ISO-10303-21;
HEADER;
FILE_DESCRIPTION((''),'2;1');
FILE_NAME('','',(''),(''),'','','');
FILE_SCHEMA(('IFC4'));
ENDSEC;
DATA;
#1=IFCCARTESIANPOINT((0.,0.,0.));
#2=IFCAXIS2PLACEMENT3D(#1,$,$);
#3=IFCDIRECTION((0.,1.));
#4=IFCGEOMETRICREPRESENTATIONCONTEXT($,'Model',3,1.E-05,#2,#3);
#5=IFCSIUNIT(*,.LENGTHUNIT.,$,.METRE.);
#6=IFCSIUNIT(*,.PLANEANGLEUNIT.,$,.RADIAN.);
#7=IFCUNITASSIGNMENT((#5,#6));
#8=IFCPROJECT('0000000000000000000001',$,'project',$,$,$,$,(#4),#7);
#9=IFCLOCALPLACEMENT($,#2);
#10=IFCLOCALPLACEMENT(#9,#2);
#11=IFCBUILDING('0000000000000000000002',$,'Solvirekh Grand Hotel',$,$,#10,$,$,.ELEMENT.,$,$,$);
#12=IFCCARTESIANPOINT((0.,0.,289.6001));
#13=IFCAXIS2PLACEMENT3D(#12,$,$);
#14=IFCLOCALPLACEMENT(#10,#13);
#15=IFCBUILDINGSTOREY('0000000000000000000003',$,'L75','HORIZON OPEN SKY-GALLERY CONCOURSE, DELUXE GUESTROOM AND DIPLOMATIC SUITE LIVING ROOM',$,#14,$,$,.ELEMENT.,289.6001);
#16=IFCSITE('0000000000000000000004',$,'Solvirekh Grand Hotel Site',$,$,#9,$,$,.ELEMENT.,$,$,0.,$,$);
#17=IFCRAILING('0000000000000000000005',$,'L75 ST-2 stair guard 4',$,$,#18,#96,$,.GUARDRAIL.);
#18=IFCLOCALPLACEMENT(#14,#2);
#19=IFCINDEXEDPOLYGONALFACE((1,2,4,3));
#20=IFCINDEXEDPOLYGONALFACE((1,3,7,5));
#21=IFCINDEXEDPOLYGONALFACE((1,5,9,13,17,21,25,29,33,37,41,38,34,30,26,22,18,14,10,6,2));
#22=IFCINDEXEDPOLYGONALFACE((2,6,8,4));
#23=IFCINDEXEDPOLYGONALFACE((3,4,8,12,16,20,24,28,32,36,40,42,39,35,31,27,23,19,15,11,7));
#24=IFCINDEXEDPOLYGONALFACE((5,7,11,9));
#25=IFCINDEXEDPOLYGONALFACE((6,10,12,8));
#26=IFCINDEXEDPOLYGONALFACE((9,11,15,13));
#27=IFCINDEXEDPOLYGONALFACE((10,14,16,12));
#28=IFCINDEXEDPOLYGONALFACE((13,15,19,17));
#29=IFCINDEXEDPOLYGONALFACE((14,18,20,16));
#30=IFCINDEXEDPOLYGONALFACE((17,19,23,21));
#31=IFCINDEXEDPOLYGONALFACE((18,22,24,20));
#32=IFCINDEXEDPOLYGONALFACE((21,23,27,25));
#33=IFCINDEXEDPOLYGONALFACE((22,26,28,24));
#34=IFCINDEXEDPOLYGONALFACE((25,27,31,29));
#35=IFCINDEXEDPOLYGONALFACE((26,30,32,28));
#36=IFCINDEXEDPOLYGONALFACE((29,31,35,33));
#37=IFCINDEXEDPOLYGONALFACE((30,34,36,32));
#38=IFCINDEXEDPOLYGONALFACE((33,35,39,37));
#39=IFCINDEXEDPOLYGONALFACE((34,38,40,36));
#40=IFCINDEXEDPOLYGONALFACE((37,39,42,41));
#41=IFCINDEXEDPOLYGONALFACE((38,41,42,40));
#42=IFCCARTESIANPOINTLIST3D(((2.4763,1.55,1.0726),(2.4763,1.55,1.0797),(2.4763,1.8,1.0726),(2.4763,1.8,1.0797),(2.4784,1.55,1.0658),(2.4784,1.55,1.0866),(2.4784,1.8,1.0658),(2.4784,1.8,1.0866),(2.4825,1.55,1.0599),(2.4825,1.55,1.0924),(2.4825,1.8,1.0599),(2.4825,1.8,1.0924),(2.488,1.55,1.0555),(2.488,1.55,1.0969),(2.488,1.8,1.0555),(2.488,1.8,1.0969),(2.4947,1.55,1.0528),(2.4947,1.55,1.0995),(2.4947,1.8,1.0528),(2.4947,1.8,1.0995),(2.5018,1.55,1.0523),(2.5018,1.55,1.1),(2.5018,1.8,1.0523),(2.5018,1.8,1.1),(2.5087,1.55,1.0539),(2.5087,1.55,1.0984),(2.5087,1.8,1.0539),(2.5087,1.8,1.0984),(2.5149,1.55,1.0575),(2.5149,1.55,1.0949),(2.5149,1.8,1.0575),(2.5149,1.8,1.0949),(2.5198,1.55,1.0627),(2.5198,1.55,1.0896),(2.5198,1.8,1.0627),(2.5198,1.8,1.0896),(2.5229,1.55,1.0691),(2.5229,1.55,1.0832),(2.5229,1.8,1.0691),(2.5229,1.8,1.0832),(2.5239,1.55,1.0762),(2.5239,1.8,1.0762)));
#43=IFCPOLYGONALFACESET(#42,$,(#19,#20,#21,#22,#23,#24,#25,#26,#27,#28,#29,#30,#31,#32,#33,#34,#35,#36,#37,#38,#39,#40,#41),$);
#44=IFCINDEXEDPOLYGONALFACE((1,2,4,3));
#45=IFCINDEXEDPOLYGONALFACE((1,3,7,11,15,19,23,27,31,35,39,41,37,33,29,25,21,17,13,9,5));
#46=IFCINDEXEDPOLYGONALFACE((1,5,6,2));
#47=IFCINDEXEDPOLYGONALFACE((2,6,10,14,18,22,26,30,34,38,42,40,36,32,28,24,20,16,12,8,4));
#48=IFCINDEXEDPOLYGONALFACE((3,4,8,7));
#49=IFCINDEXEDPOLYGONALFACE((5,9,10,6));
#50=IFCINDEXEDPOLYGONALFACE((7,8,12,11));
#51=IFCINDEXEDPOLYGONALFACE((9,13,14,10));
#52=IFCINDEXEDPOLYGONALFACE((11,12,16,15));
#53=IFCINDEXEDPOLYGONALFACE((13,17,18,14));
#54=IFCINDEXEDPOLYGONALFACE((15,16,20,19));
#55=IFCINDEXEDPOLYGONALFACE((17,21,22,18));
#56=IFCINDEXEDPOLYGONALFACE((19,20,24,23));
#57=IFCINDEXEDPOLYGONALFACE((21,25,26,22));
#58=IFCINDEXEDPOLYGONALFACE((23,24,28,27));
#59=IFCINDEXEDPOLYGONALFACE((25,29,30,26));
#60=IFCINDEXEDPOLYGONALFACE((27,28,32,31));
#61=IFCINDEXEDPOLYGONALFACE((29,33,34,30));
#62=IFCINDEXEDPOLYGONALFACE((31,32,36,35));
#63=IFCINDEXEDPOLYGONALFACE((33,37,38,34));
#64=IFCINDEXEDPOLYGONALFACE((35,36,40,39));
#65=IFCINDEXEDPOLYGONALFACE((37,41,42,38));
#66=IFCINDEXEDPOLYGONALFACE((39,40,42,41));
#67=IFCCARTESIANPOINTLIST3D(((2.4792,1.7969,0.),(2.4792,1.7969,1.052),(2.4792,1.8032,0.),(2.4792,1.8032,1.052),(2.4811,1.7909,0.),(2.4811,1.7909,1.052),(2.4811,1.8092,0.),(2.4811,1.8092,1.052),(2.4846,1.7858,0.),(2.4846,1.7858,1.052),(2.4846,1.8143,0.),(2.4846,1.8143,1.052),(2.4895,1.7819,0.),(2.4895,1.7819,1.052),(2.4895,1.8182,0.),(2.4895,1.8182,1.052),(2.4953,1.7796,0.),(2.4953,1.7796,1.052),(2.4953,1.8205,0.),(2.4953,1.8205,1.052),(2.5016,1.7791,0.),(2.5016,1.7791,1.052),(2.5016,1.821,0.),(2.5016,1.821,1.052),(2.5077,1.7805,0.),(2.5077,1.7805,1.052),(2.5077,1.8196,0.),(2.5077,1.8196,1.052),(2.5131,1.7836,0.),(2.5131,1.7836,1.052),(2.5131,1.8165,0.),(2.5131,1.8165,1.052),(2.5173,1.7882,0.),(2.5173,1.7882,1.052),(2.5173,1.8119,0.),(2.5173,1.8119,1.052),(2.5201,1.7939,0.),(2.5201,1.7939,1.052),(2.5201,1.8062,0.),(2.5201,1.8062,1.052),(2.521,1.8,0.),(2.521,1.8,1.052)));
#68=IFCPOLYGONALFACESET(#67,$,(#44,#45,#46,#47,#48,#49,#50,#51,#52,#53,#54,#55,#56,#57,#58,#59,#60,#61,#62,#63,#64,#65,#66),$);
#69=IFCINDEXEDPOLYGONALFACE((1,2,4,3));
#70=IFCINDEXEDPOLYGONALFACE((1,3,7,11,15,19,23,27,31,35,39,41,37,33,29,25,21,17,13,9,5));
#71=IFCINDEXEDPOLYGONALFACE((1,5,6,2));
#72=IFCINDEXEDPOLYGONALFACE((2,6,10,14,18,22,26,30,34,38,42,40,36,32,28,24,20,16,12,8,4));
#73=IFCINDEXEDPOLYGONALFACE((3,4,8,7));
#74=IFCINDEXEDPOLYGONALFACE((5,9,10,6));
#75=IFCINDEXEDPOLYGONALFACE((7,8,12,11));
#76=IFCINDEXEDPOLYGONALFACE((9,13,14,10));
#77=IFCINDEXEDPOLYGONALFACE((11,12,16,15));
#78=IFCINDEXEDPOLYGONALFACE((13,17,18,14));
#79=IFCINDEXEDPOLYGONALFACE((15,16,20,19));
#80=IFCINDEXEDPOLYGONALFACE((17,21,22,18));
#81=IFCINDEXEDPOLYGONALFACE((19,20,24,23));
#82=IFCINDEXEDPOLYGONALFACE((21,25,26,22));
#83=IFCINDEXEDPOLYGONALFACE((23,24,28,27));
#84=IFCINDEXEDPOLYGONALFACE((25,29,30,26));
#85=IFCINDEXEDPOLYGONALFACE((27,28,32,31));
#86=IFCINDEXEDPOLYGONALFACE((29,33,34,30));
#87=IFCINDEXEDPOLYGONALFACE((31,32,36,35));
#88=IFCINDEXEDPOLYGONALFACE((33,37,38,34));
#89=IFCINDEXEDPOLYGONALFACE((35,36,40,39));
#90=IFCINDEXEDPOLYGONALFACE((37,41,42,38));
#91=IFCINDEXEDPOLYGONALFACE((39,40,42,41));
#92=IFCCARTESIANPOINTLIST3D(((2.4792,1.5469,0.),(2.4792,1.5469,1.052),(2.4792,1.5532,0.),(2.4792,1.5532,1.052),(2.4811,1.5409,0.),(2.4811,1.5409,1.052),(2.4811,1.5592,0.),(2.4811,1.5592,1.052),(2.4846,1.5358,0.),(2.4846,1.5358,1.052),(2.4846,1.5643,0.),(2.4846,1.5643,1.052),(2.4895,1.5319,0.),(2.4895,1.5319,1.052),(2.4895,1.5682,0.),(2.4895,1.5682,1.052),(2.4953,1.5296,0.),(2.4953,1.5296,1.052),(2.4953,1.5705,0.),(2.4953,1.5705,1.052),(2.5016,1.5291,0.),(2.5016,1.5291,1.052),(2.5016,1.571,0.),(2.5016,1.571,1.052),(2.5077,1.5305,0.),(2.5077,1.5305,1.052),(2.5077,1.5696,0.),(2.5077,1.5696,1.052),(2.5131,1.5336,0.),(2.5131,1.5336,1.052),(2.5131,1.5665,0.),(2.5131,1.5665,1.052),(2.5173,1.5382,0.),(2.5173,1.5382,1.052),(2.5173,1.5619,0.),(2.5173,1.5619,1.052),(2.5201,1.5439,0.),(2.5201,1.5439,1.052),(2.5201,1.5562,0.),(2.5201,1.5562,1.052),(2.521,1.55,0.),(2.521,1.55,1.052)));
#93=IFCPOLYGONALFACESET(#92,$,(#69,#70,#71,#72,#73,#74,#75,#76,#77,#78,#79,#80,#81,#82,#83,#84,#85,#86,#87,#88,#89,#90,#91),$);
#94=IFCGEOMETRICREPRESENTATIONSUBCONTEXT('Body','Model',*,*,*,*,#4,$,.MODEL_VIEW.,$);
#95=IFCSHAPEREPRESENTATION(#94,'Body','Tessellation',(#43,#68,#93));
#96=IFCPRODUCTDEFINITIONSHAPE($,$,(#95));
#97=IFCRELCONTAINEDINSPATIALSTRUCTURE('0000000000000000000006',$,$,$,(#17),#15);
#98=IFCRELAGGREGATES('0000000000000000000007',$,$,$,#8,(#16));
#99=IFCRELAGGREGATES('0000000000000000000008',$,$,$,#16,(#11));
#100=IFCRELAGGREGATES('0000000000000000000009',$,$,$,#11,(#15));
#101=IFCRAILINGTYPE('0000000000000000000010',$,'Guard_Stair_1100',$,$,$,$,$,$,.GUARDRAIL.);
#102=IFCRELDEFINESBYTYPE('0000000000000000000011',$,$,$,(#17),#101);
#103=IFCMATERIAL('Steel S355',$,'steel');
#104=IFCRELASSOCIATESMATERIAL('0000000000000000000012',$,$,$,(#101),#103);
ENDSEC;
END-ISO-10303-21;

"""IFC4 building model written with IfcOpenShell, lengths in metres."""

from ifc_helpers import new_model, si_unit, direction, frame, origin, origin_2d, place, context, subcontext, project, spatial, circle, extrude, material, type_object, element, save


model = new_model("IFC4")

# Units and contexts
model_context = context("Model", 3, precision=1e-05, world=origin(), true_north=direction((0.0, 1.0)))
body_context = subcontext(model_context, "Body", "Model", "MODEL_VIEW")
ifc_project = project(units=[si_unit("LENGTHUNIT", "METRE"), si_unit("PLANEANGLEUNIT", "RADIAN")], contexts=[model_context])

# Site, building, storey
site_placement = place(None, origin())
site = spatial("IfcSite", under=ifc_project, at=site_placement, Name="Solvirekh Grand Hotel Site", CompositionType="ELEMENT", RefElevation=0.0)
building_placement = place(site_placement, origin())
building = spatial("IfcBuilding", under=site, at=building_placement, Name="Solvirekh Grand Hotel", CompositionType="ELEMENT")
storey_placement = place(building_placement, frame((0.0, 0.0, 289.6001)))
storey = spatial("IfcBuildingStorey", under=building, at=storey_placement, Name="L75", Description="HORIZON OPEN SKY-GALLERY CONCOURSE, DELUXE GUESTROOM AND DIPLOMATIC SUITE LIVING ROOM", CompositionType="ELEMENT", Elevation=289.6001)

# Railing
ifc_material_1 = material(Name="Steel S355", Category="steel")
railing_type_1 = type_object("IfcRailingType", Name="Guard_Stair_1100", PredefinedType="GUARDRAIL", material=ifc_material_1)
railing_1_placement = place(storey_placement, frame((2.5, 1.8, 0.0)))
element("IfcRailing", 1, at=railing_1_placement, inside=storey, type_object=railing_type_1, Name="L75 ST-2 stair guard 4", PredefinedType="GUARDRAIL", context=body_context, shape_type="SweptSolid", body=[
    extrude(circle(Radius=0.0239, at=origin_2d()), frame((0.0, 0.0, 1.0762), z_axis=(0.0, -1.0, 0.0), x_axis=(1.0, 0.0, 0.0)), (0.0, 0.0, 1.0), 0.25),
    extrude(circle(Radius=0.021, at=origin_2d()), origin(), (0.0, 0.0, 1.0), 1.052),
    extrude(circle(Radius=0.021, at=origin_2d()), frame((0.0, -0.25, 0.0)), (0.0, 0.0, 1.0), 1.052),
])

save(model, "model.ifc")
